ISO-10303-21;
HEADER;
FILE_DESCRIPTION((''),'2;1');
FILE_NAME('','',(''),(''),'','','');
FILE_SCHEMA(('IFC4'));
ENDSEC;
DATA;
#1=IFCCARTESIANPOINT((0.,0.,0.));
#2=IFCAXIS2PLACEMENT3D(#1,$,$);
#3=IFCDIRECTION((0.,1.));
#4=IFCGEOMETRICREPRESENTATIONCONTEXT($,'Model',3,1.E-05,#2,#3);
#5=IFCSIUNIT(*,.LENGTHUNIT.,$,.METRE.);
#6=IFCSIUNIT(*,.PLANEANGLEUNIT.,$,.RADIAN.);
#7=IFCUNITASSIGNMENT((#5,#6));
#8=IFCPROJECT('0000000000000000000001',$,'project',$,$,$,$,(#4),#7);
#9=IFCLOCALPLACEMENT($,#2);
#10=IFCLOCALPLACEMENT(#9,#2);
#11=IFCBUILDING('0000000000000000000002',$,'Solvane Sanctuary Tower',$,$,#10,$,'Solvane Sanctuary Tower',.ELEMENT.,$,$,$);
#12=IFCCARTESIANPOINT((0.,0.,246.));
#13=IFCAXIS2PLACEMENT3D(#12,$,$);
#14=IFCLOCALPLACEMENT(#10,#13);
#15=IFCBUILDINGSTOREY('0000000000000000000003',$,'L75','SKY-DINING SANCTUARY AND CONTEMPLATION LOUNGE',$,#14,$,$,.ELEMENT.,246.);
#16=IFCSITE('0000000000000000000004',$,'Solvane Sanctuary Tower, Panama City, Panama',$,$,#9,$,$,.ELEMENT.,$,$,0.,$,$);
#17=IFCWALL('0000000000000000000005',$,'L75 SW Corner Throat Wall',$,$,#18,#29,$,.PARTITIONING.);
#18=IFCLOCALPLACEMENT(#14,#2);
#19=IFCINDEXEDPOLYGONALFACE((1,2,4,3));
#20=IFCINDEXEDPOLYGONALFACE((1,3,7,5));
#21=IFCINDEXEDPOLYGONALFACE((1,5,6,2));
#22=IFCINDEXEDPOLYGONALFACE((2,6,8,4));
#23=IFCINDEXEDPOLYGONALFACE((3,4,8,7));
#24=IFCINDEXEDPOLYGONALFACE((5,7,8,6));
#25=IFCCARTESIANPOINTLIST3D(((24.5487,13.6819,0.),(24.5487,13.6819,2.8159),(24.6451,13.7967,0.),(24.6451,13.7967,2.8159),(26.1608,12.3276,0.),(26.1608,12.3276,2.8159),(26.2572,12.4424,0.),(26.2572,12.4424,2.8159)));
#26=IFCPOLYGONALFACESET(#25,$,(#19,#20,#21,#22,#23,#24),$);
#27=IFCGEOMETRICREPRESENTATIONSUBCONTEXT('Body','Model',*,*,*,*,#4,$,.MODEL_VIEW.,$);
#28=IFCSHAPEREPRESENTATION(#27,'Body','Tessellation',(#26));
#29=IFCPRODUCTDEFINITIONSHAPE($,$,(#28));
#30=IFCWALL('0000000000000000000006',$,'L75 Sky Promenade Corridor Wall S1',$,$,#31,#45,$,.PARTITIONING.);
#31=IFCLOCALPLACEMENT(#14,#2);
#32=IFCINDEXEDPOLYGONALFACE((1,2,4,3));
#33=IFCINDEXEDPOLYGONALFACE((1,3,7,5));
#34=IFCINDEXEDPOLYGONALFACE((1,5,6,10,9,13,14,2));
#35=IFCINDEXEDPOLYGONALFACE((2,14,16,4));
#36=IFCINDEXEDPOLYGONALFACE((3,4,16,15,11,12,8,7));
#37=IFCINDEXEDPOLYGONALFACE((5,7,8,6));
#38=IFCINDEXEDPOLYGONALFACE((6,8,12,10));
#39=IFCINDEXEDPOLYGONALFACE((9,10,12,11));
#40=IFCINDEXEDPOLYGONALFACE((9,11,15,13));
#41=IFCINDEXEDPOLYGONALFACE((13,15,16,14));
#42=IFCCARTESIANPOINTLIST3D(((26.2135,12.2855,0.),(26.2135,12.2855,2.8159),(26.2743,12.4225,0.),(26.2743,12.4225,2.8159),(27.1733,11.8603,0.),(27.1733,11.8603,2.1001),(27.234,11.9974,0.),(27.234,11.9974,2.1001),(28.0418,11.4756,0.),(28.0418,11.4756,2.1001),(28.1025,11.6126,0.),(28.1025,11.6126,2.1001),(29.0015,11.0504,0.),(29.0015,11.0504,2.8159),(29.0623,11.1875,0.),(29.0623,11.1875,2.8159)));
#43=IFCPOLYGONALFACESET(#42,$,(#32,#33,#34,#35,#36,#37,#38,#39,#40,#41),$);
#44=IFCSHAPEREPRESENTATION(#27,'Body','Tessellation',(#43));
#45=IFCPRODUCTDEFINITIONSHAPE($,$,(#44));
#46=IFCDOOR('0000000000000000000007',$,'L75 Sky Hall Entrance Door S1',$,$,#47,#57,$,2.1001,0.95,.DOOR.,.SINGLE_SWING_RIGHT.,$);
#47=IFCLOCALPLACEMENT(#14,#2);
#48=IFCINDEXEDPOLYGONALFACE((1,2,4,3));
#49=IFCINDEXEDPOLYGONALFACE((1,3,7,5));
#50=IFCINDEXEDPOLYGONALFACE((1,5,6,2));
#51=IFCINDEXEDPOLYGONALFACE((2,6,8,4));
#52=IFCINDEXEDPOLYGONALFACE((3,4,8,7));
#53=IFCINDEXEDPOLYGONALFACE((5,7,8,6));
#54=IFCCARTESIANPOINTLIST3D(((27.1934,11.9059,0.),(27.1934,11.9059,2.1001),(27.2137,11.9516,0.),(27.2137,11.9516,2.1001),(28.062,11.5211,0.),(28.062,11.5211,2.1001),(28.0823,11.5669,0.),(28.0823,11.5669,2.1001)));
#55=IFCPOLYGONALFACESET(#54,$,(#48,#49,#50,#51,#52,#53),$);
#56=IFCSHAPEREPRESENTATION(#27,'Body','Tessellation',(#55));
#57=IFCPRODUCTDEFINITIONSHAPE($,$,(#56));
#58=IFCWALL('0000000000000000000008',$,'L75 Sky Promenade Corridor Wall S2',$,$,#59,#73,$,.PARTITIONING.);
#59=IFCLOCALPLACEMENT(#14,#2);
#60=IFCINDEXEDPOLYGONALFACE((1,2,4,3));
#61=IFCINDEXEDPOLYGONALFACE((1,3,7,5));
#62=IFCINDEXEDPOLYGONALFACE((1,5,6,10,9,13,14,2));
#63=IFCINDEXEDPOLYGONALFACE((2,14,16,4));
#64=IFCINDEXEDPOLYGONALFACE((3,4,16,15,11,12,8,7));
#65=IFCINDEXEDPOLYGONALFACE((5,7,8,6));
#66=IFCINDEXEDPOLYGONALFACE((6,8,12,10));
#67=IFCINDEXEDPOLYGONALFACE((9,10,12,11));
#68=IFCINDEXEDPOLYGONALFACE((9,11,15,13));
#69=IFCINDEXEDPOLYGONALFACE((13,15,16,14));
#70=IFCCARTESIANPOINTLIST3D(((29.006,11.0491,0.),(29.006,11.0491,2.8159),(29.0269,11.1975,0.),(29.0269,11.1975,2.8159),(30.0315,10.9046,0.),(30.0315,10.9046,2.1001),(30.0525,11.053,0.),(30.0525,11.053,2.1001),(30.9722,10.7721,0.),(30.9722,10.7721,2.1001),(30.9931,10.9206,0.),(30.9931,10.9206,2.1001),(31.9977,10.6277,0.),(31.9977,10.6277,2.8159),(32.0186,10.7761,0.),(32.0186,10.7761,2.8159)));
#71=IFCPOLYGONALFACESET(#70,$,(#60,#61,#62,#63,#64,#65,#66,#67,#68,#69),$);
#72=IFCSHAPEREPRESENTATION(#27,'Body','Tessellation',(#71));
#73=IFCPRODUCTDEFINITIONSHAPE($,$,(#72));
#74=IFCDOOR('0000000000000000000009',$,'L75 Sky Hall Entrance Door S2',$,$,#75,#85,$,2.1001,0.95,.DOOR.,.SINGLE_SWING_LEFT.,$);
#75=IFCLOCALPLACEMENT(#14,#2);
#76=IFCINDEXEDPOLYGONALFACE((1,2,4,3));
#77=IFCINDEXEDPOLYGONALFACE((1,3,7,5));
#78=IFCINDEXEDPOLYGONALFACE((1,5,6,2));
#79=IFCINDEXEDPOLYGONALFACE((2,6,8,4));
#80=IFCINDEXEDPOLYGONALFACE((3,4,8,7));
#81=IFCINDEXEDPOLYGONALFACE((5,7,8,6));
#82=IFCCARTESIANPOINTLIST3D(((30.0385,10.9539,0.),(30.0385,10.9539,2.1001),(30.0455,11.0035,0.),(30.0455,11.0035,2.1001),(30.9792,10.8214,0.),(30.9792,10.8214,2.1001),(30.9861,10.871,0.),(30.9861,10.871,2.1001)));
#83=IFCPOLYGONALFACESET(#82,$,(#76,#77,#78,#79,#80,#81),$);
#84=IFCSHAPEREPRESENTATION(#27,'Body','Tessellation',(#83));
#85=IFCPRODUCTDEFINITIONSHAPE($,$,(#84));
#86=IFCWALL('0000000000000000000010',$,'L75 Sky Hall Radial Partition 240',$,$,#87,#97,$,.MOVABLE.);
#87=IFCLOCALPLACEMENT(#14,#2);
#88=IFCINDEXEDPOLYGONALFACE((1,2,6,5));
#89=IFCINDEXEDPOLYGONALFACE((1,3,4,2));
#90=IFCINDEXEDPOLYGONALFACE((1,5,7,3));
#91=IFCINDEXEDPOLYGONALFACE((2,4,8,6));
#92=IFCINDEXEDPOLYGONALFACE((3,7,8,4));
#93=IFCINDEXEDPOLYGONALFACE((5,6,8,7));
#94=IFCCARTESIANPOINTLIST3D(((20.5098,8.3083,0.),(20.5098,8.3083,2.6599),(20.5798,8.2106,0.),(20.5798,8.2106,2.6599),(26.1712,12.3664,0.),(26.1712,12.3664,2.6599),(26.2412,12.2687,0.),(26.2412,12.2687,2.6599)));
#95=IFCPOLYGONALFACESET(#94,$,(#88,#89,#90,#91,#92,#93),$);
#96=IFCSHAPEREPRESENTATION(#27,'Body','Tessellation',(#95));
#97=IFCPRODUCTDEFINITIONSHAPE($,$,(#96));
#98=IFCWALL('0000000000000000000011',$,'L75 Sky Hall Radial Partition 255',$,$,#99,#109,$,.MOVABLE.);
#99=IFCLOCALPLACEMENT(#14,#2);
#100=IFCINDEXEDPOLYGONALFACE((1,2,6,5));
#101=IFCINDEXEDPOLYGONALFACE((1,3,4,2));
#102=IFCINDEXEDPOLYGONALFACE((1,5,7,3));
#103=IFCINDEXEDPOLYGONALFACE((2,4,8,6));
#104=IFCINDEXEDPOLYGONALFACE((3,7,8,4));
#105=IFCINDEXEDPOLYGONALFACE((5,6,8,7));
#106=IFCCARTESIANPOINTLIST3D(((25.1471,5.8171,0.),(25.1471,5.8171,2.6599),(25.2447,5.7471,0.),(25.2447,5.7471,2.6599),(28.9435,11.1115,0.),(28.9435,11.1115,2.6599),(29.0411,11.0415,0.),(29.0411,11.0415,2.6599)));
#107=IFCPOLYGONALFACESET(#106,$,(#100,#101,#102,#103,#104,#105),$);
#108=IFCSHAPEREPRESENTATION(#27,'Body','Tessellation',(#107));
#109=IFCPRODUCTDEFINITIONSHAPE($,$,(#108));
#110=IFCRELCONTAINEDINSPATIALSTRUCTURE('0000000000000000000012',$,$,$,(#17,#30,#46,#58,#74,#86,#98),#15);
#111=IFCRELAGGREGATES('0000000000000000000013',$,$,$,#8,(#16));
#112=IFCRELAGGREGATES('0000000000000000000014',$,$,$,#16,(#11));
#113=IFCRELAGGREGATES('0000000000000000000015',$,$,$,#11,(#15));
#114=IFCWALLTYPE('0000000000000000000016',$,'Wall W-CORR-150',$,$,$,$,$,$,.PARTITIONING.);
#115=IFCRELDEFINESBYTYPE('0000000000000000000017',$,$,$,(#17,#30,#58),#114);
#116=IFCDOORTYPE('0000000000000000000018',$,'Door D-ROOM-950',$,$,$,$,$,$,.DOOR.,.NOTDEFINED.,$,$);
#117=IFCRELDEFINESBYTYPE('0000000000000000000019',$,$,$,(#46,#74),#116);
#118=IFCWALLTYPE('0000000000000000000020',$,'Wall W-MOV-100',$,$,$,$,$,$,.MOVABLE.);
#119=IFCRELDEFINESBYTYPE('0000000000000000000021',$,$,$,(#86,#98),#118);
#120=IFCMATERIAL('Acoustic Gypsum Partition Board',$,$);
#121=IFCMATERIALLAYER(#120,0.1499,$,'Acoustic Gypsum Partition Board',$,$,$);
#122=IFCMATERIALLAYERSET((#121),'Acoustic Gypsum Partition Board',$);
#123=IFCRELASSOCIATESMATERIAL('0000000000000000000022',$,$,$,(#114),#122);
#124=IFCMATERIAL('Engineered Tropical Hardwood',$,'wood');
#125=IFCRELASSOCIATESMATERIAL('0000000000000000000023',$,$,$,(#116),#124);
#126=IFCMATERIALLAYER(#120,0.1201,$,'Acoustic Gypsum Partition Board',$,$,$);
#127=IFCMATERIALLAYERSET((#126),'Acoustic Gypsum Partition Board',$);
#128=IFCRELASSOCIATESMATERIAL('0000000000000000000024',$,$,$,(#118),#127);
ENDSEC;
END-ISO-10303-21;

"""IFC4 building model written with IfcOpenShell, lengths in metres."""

from ifc_helpers import new_model, si_unit, direction, frame, frame_2d, origin, place, context, subcontext, project, spatial, rectangle, extrude, material, layer, layer_set, type_object, element, fill, save


model = new_model("IFC4")

# Units and contexts
model_context = context("Model", 3, precision=1e-05, world=origin(), true_north=direction((0.0, 1.0)))
body_context = subcontext(model_context, "Body", "Model", "MODEL_VIEW")
ifc_project = project(units=[si_unit("LENGTHUNIT", "METRE"), si_unit("PLANEANGLEUNIT", "RADIAN")], contexts=[model_context])

# Site, building, storey
site_placement = place(None, origin())
site = spatial("IfcSite", under=ifc_project, at=site_placement, Name="Solvane Sanctuary Tower, Panama City, Panama", CompositionType="ELEMENT", RefElevation=0.0)
building_placement = place(site_placement, origin())
building = spatial("IfcBuilding", under=site, at=building_placement, Name="Solvane Sanctuary Tower", LongName="Solvane Sanctuary Tower", CompositionType="ELEMENT")
storey_placement = place(building_placement, frame((0.0, 0.0, 246.0)))
storey = spatial("IfcBuildingStorey", under=building, at=storey_placement, Name="L75", Description="SKY-DINING SANCTUARY AND CONTEMPLATION LOUNGE", CompositionType="ELEMENT", Elevation=246.0)

# Shared definitions
ifc_material_1 = material(Name="Acoustic Gypsum Partition Board")
ifc_layer_1 = layer(ifc_material_1, 0.1499, Name="Acoustic Gypsum Partition Board")
ifc_layer_set_1 = layer_set([ifc_layer_1], Name="Acoustic Gypsum Partition Board")
wall_type_1 = type_object("IfcWallType", Name="Wall W-CORR-150", PredefinedType="PARTITIONING", material=ifc_layer_set_1)

# Shared definitions
ifc_material_2 = material(Name="Engineered Tropical Hardwood", Category="wood")
door_type = type_object("IfcDoorType", Name="Door D-ROOM-950", OperationType="NOTDEFINED", PredefinedType="DOOR", material=ifc_material_2)

# Wall
wall_1_placement = place(storey_placement, frame((26.209, 12.385, 0.0), z_axis=(0.0, 0.0, 1.0), x_axis=(-0.765677, 0.643225, 0.0)))
element("IfcWall", 1, at=wall_1_placement, inside=storey, type_object=wall_type_1, Name="L75 SW Corner Throat Wall", PredefinedType="PARTITIONING", context=body_context, shape_type="SweptSolid", body=[
    extrude(rectangle(XDim=2.1055, YDim=0.1499, at=frame_2d((1.0527, 0.0))), origin(), (0.0, 0.0, 1.0), 2.8159),
])

# Walls, openings, doors
wall_2_placement = place(storey_placement, frame((26.2439, 12.354, 0.0), z_axis=(0.0, 0.0, 1.0), x_axis=(0.914303, -0.405031, 0.0)))
wall_2 = element("IfcWall", 2, at=wall_2_placement, inside=storey, type_object=wall_type_1, Name="L75 Sky Promenade Corridor Wall S1", PredefinedType="PARTITIONING", context=body_context, shape_type="SweptSolid", body=[
    extrude(rectangle(XDim=3.0493, YDim=0.1499, at=frame_2d((1.5247, 0.0))), origin(), (0.0, 0.0, 1.0), 2.8159),
])
opening_1_placement = place(wall_2_placement, frame((1.0496, 0.0, 0.0)))
opening_1 = element("IfcOpeningElement", 3, at=opening_1_placement, cuts=wall_2, PredefinedType="OPENING", context=body_context, shape_type="SweptSolid", body=[
    extrude(rectangle(XDim=0.95, YDim=2.1001, at=frame_2d((0.4751, 1.05))), frame((0.0, 0.085, 0.0), z_axis=(0.0, -1.0, 0.0), x_axis=(1.0, 0.0, 0.0)), (0.0, 0.0, 1.0), 0.1699),
])
door_1_placement = place(opening_1_placement, origin())
door_1 = element("IfcDoor", 4, at=door_1_placement, inside=storey, type_object=door_type, Name="L75 Sky Hall Entrance Door S1", OperationType="SINGLE_SWING_RIGHT", OverallHeight=2.1001, OverallWidth=0.95, PredefinedType="DOOR", context=body_context, shape_type="SweptSolid", body=[
    extrude(rectangle(XDim=0.95, YDim=2.1001, at=frame_2d((0.4751, 1.05))), frame((0.0, 0.0249, 0.0), z_axis=(0.0, -1.0, 0.0), x_axis=(1.0, 0.0, 0.0)), (0.0, 0.0, 1.0), 0.05),
])
fill(opening_1, door_1)
wall_3_placement = place(storey_placement, frame((29.0164, 11.1233, 0.0), z_axis=(0.0, 0.0, 1.0), x_axis=(0.990226, -0.139475, 0.0)))
wall_3 = element("IfcWall", 5, at=wall_3_placement, inside=storey, type_object=wall_type_1, Name="L75 Sky Promenade Corridor Wall S2", PredefinedType="PARTITIONING", context=body_context, shape_type="SweptSolid", body=[
    extrude(rectangle(XDim=3.0212, YDim=0.1499, at=frame_2d((1.5107, 0.0))), origin(), (0.0, 0.0, 1.0), 2.8159),
])
opening_2_placement = place(wall_3_placement, frame((1.0356, 0.0, 0.0)))
opening_2 = element("IfcOpeningElement", 6, at=opening_2_placement, cuts=wall_3, PredefinedType="OPENING", context=body_context, shape_type="SweptSolid", body=[
    extrude(rectangle(XDim=0.95, YDim=2.1001, at=frame_2d((0.4751, 1.05))), frame((0.0, 0.085, 0.0), z_axis=(0.0, -1.0, 0.0), x_axis=(1.0, 0.0, 0.0)), (0.0, 0.0, 1.0), 0.1699),
])
door_2_placement = place(opening_2_placement, origin())
door_2 = element("IfcDoor", 7, at=door_2_placement, inside=storey, type_object=door_type, Name="L75 Sky Hall Entrance Door S2", OperationType="SINGLE_SWING_LEFT", OverallHeight=2.1001, OverallWidth=0.95, PredefinedType="DOOR", context=body_context, shape_type="SweptSolid", body=[
    extrude(rectangle(XDim=0.95, YDim=2.1001, at=frame_2d((0.4751, 1.05))), frame((0.0, 0.0249, 0.0), z_axis=(0.0, -1.0, 0.0), x_axis=(1.0, 0.0, 0.0)), (0.0, 0.0, 1.0), 0.05),
])
fill(opening_2, door_2)

# Walls
ifc_layer_2 = layer(ifc_material_1, 0.1201, Name="Acoustic Gypsum Partition Board")
ifc_layer_set_2 = layer_set([ifc_layer_2], Name="Acoustic Gypsum Partition Board")
wall_type_2 = type_object("IfcWallType", Name="Wall W-MOV-100", PredefinedType="MOVABLE", material=ifc_layer_set_2)
wall_4_placement = place(storey_placement, frame((26.2063, 12.3176, 0.0), z_axis=(0.0, 0.0, 1.0), x_axis=(-0.812764, -0.582593, 0.0)))
element("IfcWall", 8, at=wall_4_placement, inside=storey, type_object=wall_type_2, Name="L75 Sky Hall Radial Partition 240", PredefinedType="MOVABLE", context=body_context, shape_type="SweptSolid", body=[
    extrude(rectangle(XDim=6.9656, YDim=0.1201, at=frame_2d((3.4829, 0.0))), origin(), (0.0, 0.0, 1.0), 2.6599),
])
wall_5_placement = place(storey_placement, frame((28.9922, 11.0764, 0.0), z_axis=(0.0, 0.0, 1.0), x_axis=(-0.582726, -0.812669, 0.0)))
element("IfcWall", 9, at=wall_5_placement, inside=storey, type_object=wall_type_2, Name="L75 Sky Hall Radial Partition 255", PredefinedType="MOVABLE", context=body_context, shape_type="SweptSolid", body=[
    extrude(rectangle(XDim=6.5149, YDim=0.1201, at=frame_2d((3.2573, 0.0))), origin(), (0.0, 0.0, 1.0), 2.6599),
])

save(model, "model.ifc")
